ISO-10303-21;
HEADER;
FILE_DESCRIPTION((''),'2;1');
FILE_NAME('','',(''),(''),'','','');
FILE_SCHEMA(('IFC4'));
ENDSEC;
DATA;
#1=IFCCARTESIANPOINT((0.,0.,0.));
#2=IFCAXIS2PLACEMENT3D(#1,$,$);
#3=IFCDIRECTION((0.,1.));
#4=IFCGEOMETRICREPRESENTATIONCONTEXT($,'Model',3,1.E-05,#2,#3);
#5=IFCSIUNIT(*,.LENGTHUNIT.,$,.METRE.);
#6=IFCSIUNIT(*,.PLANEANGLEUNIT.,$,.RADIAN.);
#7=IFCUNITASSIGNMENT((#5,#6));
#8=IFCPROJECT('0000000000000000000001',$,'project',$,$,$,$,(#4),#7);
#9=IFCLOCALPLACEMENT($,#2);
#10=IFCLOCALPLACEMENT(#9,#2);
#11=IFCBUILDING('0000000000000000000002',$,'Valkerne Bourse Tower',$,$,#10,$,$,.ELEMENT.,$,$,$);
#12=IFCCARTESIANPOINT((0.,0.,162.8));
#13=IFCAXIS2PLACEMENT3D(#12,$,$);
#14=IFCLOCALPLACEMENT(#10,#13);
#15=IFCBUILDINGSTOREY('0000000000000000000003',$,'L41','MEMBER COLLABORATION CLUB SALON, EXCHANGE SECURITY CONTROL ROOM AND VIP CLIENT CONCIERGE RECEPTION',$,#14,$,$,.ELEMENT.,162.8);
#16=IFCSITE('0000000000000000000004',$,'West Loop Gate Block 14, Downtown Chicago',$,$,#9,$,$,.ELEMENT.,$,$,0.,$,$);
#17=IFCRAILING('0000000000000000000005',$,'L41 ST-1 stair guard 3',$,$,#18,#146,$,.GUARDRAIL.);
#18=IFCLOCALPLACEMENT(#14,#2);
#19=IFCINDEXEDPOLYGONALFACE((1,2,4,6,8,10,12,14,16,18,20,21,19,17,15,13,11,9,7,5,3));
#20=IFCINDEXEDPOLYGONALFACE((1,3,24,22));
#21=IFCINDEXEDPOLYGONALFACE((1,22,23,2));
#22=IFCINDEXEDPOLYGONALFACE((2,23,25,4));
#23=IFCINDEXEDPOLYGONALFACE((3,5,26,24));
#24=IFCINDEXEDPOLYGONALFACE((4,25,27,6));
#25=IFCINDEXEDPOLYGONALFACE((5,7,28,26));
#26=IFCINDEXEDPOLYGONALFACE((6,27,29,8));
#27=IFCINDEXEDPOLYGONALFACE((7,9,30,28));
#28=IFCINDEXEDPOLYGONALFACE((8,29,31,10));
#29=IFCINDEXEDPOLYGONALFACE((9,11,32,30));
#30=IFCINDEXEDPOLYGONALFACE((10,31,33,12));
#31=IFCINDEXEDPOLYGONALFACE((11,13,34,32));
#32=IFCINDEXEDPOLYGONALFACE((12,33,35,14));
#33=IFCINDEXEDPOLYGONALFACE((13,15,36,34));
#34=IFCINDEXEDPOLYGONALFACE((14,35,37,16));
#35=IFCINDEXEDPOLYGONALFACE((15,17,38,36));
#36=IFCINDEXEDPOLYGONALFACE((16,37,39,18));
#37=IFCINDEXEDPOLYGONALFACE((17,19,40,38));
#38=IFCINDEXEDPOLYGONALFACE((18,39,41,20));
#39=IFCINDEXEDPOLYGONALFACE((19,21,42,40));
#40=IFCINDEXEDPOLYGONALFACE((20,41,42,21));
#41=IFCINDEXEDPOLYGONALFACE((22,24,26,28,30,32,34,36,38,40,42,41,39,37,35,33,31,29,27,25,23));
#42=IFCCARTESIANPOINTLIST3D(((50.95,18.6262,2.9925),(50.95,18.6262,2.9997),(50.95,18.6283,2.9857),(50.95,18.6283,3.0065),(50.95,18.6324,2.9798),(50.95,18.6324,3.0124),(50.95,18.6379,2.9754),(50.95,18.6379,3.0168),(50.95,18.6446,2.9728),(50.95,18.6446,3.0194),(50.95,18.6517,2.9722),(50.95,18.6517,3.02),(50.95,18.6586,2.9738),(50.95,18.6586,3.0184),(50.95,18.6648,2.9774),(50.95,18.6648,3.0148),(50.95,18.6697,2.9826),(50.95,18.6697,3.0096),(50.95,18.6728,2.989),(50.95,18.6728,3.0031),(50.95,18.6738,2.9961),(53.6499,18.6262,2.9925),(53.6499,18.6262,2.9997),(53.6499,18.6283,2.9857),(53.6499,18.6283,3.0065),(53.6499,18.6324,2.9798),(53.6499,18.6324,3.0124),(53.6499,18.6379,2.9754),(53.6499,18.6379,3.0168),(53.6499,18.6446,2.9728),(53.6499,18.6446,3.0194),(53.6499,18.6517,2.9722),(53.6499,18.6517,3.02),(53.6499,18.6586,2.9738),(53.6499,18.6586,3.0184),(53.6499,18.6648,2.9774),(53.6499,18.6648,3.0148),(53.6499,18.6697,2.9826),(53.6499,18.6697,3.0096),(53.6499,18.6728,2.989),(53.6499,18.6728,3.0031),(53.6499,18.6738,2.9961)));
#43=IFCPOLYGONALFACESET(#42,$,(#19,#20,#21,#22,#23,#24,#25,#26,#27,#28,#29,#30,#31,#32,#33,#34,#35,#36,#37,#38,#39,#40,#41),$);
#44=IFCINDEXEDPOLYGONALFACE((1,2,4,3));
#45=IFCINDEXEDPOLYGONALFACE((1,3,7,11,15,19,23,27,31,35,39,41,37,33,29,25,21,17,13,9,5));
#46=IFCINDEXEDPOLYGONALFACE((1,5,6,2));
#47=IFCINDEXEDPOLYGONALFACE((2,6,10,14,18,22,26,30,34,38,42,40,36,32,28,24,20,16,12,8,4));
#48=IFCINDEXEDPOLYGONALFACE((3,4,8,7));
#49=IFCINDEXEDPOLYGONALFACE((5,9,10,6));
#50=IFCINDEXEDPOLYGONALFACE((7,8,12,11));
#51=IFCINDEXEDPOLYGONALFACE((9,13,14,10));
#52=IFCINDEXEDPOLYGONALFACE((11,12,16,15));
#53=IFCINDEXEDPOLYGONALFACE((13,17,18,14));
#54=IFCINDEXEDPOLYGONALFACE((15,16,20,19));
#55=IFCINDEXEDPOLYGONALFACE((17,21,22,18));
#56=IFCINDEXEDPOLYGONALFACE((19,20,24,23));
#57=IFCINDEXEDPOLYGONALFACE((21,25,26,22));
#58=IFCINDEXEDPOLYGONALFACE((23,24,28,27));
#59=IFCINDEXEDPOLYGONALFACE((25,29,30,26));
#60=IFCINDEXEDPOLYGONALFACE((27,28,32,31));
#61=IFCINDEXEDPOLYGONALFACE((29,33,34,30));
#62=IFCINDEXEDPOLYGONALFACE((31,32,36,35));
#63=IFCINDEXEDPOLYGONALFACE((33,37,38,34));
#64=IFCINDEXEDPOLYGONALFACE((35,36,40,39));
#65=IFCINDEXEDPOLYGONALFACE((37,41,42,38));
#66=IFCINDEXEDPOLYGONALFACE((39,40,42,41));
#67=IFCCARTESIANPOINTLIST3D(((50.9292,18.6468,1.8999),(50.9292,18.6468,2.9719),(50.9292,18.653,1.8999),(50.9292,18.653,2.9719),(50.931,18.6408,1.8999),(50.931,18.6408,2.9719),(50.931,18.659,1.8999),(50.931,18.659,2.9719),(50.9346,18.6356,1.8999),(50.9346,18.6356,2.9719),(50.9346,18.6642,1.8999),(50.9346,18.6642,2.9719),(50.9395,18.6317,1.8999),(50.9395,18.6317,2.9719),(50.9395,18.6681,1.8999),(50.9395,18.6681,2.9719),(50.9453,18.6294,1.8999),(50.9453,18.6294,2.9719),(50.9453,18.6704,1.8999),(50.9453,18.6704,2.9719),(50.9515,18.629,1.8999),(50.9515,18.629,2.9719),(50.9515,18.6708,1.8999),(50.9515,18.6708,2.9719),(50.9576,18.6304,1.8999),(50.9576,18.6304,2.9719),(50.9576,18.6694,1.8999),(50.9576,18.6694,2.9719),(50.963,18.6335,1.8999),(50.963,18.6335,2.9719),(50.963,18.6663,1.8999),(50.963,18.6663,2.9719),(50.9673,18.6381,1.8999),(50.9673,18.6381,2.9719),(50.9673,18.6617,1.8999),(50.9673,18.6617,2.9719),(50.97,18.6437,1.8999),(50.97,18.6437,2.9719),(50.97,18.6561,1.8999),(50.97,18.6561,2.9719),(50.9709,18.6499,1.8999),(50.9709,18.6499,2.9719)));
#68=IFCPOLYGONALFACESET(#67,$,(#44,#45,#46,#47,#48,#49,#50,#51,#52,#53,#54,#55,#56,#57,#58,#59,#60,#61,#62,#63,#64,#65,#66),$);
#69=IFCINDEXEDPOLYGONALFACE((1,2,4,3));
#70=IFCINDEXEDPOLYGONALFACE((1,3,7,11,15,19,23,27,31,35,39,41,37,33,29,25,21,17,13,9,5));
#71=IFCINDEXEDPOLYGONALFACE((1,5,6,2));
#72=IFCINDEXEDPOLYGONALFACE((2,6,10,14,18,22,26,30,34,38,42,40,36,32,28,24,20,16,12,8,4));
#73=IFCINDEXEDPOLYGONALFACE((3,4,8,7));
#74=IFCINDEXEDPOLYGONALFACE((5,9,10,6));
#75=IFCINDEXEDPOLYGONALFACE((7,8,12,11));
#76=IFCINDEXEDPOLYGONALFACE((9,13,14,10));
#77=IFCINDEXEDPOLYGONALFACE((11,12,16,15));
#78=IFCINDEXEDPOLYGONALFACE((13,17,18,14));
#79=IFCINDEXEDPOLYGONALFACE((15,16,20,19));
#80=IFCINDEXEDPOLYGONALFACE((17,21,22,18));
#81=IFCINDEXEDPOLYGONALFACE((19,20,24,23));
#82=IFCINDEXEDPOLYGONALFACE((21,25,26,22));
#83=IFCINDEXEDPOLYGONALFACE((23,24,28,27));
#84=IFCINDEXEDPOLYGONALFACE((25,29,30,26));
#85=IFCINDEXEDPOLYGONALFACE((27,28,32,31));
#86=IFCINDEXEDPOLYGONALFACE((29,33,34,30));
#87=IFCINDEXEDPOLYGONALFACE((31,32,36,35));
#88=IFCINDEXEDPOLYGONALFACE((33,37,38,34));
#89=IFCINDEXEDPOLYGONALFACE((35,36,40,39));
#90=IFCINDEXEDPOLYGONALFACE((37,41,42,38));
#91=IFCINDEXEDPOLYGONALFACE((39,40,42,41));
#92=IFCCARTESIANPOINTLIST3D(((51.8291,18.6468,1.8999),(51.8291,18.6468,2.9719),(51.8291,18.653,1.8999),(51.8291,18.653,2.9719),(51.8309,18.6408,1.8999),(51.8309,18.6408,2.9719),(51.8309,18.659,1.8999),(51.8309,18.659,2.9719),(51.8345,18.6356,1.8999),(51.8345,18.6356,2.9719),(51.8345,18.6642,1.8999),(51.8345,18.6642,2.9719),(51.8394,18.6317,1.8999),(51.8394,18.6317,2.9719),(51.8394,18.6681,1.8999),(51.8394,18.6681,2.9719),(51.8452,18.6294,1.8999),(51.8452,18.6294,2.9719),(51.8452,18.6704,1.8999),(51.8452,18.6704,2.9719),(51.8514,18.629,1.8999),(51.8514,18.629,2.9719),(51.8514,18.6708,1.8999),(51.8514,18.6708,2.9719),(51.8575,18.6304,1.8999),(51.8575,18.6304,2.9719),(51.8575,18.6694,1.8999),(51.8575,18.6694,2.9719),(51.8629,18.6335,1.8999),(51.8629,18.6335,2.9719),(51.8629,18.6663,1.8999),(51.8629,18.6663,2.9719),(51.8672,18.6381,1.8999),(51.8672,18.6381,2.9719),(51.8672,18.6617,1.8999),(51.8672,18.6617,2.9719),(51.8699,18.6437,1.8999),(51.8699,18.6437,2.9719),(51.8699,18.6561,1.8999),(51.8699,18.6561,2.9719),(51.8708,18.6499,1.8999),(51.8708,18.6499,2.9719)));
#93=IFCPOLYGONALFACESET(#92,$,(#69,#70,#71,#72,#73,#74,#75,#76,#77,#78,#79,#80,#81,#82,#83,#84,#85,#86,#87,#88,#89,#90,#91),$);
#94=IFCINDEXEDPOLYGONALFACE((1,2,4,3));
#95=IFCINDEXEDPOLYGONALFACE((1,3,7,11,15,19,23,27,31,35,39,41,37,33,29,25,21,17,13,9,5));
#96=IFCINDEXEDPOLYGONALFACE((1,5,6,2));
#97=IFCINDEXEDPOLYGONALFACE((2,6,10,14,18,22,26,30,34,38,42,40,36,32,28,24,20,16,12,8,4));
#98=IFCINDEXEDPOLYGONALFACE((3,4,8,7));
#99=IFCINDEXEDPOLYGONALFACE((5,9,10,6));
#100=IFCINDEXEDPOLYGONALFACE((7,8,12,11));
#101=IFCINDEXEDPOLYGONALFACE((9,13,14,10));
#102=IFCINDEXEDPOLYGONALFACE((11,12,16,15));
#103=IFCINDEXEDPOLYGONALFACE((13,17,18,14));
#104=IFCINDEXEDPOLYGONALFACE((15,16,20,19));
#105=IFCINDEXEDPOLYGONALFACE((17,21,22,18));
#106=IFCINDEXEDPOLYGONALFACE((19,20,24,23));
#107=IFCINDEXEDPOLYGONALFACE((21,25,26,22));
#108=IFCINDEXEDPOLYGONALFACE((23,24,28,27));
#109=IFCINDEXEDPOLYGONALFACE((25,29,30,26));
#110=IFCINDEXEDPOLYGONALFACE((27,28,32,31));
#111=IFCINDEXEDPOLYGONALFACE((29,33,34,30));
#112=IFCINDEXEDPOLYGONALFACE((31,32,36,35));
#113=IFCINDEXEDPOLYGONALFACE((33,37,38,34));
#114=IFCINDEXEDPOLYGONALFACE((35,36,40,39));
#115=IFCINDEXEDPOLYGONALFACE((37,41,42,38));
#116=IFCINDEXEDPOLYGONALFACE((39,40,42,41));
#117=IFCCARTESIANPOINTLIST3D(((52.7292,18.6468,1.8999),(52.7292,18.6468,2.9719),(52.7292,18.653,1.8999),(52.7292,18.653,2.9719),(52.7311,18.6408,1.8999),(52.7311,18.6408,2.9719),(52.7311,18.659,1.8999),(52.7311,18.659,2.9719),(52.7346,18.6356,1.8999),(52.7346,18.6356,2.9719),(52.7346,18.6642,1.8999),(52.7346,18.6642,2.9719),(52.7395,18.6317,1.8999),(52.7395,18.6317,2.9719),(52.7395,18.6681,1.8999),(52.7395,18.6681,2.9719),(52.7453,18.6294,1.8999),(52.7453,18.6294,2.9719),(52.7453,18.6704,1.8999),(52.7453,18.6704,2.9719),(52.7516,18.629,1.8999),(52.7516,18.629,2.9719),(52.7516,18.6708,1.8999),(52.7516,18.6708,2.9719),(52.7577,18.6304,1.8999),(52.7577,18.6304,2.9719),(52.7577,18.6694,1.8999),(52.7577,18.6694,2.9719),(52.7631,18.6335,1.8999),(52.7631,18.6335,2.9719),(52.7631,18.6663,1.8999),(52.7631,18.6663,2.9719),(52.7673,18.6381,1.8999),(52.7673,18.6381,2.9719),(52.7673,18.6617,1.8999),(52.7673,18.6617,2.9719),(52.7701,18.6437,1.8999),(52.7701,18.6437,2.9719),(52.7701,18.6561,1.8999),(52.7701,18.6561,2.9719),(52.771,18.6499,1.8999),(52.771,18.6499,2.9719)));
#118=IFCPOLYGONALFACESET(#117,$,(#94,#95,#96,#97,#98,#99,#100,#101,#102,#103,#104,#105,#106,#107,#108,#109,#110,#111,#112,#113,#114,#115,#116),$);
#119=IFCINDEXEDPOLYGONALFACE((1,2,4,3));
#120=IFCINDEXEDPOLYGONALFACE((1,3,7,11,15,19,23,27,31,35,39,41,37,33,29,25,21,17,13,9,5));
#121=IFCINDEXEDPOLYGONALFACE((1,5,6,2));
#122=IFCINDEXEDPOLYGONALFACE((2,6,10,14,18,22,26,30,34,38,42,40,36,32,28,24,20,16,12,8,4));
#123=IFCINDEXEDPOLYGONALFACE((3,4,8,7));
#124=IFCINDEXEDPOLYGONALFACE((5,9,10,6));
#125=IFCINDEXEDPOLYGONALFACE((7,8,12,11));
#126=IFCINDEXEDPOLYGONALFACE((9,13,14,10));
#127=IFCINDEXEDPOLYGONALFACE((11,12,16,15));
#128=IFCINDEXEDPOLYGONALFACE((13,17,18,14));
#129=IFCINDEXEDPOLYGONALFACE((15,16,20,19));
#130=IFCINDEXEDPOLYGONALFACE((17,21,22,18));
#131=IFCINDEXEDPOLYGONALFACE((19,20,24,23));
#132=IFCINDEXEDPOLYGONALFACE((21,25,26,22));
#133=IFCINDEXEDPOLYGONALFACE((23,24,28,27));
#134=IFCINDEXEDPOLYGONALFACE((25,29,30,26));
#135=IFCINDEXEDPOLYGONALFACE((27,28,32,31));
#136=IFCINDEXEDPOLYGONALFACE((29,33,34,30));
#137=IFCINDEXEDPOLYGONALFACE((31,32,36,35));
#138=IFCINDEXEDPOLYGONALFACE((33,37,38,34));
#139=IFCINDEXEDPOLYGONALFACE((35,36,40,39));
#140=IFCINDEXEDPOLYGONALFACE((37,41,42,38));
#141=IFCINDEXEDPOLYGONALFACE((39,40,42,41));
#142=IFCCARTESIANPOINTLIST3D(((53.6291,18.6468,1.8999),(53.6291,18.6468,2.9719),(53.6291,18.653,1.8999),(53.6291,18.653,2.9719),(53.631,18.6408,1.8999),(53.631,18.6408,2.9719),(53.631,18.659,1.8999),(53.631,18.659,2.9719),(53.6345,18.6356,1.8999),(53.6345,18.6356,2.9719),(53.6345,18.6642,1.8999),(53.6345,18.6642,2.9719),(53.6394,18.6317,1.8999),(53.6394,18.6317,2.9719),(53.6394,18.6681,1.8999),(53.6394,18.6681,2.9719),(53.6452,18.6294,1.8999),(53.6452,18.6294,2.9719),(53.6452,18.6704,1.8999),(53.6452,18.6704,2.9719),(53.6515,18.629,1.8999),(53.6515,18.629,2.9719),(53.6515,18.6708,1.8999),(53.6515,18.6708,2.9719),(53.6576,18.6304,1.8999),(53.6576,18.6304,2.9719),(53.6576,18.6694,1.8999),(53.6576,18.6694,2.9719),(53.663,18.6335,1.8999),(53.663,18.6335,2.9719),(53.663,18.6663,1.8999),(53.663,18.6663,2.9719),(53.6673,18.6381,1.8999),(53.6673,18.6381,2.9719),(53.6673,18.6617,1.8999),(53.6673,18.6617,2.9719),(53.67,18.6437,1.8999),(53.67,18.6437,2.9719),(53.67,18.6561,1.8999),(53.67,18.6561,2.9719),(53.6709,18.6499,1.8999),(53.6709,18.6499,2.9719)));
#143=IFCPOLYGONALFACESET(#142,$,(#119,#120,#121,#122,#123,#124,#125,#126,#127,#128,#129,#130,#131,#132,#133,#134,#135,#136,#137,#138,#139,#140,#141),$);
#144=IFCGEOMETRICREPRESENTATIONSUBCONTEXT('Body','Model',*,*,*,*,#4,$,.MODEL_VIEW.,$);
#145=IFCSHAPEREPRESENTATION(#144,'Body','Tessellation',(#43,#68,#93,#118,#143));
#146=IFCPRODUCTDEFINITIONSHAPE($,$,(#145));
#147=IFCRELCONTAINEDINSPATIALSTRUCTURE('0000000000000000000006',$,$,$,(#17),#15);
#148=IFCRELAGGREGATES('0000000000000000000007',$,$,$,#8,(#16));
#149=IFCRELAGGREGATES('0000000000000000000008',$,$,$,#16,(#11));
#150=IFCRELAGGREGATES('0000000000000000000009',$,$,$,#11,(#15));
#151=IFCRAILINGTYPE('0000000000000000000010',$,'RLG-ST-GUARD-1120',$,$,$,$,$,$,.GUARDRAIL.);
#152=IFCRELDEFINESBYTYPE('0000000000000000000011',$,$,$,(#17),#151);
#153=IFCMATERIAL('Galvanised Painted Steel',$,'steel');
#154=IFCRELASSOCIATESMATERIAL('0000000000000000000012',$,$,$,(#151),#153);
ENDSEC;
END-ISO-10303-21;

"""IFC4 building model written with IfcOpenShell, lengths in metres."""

from ifc_helpers import new_model, si_unit, direction, frame, origin, origin_2d, place, context, subcontext, project, spatial, circle, extrude, material, type_object, element, save


model = new_model("IFC4")

# Units and contexts
model_context = context("Model", 3, precision=1e-05, world=origin(), true_north=direction((0.0, 1.0)))
body_context = subcontext(model_context, "Body", "Model", "MODEL_VIEW")
ifc_project = project(units=[si_unit("LENGTHUNIT", "METRE"), si_unit("PLANEANGLEUNIT", "RADIAN")], contexts=[model_context])

# Site, building, storey
site_placement = place(None, origin())
site = spatial("IfcSite", under=ifc_project, at=site_placement, Name="West Loop Gate Block 14, Downtown Chicago", CompositionType="ELEMENT", RefElevation=0.0)
building_placement = place(site_placement, origin())
building = spatial("IfcBuilding", under=site, at=building_placement, Name="Valkerne Bourse Tower", CompositionType="ELEMENT")
storey_placement = place(building_placement, frame((0.0, 0.0, 162.8)))
storey = spatial("IfcBuildingStorey", under=building, at=storey_placement, Name="L41", Description="MEMBER COLLABORATION CLUB SALON, EXCHANGE SECURITY CONTROL ROOM AND VIP CLIENT CONCIERGE RECEPTION", CompositionType="ELEMENT", Elevation=162.8)

# Shared definitions
ifc_material_1 = material(Name="Galvanised Painted Steel", Category="steel")

# Railing
railing_type_1 = type_object("IfcRailingType", Name="RLG-ST-GUARD-1120", PredefinedType="GUARDRAIL", material=ifc_material_1)
for number, where, name in (
    (1, (50.95, 18.6499, 1.8999), "L41 ST-1 stair guard 3"),
):
    element("IfcRailing", number, at=place(storey_placement, frame(where)), inside=storey, type_object=railing_type_1, Name=name, PredefinedType="GUARDRAIL", context=body_context, shape_type="SweptSolid", body=[
        extrude(circle(Radius=0.0239, at=origin_2d()), frame((0.0, 0.0, 1.0962), z_axis=(1.0, 0.0, 0.0), x_axis=(0.0, 1.0, 0.0)), (0.0, 0.0, 1.0), 2.7),
        extrude(circle(Radius=0.021, at=origin_2d()), origin(), (0.0, 0.0, 1.0), 1.072),
        extrude(circle(Radius=0.021, at=origin_2d()), frame((0.8999, 0.0, 0.0)), (0.0, 0.0, 1.0), 1.072),
        extrude(circle(Radius=0.021, at=origin_2d()), frame((1.8, 0.0, 0.0)), (0.0, 0.0, 1.0), 1.072),
        extrude(circle(Radius=0.021, at=origin_2d()), frame((2.7, 0.0, 0.0)), (0.0, 0.0, 1.0), 1.072),
    ])

save(model, "model.ifc")
